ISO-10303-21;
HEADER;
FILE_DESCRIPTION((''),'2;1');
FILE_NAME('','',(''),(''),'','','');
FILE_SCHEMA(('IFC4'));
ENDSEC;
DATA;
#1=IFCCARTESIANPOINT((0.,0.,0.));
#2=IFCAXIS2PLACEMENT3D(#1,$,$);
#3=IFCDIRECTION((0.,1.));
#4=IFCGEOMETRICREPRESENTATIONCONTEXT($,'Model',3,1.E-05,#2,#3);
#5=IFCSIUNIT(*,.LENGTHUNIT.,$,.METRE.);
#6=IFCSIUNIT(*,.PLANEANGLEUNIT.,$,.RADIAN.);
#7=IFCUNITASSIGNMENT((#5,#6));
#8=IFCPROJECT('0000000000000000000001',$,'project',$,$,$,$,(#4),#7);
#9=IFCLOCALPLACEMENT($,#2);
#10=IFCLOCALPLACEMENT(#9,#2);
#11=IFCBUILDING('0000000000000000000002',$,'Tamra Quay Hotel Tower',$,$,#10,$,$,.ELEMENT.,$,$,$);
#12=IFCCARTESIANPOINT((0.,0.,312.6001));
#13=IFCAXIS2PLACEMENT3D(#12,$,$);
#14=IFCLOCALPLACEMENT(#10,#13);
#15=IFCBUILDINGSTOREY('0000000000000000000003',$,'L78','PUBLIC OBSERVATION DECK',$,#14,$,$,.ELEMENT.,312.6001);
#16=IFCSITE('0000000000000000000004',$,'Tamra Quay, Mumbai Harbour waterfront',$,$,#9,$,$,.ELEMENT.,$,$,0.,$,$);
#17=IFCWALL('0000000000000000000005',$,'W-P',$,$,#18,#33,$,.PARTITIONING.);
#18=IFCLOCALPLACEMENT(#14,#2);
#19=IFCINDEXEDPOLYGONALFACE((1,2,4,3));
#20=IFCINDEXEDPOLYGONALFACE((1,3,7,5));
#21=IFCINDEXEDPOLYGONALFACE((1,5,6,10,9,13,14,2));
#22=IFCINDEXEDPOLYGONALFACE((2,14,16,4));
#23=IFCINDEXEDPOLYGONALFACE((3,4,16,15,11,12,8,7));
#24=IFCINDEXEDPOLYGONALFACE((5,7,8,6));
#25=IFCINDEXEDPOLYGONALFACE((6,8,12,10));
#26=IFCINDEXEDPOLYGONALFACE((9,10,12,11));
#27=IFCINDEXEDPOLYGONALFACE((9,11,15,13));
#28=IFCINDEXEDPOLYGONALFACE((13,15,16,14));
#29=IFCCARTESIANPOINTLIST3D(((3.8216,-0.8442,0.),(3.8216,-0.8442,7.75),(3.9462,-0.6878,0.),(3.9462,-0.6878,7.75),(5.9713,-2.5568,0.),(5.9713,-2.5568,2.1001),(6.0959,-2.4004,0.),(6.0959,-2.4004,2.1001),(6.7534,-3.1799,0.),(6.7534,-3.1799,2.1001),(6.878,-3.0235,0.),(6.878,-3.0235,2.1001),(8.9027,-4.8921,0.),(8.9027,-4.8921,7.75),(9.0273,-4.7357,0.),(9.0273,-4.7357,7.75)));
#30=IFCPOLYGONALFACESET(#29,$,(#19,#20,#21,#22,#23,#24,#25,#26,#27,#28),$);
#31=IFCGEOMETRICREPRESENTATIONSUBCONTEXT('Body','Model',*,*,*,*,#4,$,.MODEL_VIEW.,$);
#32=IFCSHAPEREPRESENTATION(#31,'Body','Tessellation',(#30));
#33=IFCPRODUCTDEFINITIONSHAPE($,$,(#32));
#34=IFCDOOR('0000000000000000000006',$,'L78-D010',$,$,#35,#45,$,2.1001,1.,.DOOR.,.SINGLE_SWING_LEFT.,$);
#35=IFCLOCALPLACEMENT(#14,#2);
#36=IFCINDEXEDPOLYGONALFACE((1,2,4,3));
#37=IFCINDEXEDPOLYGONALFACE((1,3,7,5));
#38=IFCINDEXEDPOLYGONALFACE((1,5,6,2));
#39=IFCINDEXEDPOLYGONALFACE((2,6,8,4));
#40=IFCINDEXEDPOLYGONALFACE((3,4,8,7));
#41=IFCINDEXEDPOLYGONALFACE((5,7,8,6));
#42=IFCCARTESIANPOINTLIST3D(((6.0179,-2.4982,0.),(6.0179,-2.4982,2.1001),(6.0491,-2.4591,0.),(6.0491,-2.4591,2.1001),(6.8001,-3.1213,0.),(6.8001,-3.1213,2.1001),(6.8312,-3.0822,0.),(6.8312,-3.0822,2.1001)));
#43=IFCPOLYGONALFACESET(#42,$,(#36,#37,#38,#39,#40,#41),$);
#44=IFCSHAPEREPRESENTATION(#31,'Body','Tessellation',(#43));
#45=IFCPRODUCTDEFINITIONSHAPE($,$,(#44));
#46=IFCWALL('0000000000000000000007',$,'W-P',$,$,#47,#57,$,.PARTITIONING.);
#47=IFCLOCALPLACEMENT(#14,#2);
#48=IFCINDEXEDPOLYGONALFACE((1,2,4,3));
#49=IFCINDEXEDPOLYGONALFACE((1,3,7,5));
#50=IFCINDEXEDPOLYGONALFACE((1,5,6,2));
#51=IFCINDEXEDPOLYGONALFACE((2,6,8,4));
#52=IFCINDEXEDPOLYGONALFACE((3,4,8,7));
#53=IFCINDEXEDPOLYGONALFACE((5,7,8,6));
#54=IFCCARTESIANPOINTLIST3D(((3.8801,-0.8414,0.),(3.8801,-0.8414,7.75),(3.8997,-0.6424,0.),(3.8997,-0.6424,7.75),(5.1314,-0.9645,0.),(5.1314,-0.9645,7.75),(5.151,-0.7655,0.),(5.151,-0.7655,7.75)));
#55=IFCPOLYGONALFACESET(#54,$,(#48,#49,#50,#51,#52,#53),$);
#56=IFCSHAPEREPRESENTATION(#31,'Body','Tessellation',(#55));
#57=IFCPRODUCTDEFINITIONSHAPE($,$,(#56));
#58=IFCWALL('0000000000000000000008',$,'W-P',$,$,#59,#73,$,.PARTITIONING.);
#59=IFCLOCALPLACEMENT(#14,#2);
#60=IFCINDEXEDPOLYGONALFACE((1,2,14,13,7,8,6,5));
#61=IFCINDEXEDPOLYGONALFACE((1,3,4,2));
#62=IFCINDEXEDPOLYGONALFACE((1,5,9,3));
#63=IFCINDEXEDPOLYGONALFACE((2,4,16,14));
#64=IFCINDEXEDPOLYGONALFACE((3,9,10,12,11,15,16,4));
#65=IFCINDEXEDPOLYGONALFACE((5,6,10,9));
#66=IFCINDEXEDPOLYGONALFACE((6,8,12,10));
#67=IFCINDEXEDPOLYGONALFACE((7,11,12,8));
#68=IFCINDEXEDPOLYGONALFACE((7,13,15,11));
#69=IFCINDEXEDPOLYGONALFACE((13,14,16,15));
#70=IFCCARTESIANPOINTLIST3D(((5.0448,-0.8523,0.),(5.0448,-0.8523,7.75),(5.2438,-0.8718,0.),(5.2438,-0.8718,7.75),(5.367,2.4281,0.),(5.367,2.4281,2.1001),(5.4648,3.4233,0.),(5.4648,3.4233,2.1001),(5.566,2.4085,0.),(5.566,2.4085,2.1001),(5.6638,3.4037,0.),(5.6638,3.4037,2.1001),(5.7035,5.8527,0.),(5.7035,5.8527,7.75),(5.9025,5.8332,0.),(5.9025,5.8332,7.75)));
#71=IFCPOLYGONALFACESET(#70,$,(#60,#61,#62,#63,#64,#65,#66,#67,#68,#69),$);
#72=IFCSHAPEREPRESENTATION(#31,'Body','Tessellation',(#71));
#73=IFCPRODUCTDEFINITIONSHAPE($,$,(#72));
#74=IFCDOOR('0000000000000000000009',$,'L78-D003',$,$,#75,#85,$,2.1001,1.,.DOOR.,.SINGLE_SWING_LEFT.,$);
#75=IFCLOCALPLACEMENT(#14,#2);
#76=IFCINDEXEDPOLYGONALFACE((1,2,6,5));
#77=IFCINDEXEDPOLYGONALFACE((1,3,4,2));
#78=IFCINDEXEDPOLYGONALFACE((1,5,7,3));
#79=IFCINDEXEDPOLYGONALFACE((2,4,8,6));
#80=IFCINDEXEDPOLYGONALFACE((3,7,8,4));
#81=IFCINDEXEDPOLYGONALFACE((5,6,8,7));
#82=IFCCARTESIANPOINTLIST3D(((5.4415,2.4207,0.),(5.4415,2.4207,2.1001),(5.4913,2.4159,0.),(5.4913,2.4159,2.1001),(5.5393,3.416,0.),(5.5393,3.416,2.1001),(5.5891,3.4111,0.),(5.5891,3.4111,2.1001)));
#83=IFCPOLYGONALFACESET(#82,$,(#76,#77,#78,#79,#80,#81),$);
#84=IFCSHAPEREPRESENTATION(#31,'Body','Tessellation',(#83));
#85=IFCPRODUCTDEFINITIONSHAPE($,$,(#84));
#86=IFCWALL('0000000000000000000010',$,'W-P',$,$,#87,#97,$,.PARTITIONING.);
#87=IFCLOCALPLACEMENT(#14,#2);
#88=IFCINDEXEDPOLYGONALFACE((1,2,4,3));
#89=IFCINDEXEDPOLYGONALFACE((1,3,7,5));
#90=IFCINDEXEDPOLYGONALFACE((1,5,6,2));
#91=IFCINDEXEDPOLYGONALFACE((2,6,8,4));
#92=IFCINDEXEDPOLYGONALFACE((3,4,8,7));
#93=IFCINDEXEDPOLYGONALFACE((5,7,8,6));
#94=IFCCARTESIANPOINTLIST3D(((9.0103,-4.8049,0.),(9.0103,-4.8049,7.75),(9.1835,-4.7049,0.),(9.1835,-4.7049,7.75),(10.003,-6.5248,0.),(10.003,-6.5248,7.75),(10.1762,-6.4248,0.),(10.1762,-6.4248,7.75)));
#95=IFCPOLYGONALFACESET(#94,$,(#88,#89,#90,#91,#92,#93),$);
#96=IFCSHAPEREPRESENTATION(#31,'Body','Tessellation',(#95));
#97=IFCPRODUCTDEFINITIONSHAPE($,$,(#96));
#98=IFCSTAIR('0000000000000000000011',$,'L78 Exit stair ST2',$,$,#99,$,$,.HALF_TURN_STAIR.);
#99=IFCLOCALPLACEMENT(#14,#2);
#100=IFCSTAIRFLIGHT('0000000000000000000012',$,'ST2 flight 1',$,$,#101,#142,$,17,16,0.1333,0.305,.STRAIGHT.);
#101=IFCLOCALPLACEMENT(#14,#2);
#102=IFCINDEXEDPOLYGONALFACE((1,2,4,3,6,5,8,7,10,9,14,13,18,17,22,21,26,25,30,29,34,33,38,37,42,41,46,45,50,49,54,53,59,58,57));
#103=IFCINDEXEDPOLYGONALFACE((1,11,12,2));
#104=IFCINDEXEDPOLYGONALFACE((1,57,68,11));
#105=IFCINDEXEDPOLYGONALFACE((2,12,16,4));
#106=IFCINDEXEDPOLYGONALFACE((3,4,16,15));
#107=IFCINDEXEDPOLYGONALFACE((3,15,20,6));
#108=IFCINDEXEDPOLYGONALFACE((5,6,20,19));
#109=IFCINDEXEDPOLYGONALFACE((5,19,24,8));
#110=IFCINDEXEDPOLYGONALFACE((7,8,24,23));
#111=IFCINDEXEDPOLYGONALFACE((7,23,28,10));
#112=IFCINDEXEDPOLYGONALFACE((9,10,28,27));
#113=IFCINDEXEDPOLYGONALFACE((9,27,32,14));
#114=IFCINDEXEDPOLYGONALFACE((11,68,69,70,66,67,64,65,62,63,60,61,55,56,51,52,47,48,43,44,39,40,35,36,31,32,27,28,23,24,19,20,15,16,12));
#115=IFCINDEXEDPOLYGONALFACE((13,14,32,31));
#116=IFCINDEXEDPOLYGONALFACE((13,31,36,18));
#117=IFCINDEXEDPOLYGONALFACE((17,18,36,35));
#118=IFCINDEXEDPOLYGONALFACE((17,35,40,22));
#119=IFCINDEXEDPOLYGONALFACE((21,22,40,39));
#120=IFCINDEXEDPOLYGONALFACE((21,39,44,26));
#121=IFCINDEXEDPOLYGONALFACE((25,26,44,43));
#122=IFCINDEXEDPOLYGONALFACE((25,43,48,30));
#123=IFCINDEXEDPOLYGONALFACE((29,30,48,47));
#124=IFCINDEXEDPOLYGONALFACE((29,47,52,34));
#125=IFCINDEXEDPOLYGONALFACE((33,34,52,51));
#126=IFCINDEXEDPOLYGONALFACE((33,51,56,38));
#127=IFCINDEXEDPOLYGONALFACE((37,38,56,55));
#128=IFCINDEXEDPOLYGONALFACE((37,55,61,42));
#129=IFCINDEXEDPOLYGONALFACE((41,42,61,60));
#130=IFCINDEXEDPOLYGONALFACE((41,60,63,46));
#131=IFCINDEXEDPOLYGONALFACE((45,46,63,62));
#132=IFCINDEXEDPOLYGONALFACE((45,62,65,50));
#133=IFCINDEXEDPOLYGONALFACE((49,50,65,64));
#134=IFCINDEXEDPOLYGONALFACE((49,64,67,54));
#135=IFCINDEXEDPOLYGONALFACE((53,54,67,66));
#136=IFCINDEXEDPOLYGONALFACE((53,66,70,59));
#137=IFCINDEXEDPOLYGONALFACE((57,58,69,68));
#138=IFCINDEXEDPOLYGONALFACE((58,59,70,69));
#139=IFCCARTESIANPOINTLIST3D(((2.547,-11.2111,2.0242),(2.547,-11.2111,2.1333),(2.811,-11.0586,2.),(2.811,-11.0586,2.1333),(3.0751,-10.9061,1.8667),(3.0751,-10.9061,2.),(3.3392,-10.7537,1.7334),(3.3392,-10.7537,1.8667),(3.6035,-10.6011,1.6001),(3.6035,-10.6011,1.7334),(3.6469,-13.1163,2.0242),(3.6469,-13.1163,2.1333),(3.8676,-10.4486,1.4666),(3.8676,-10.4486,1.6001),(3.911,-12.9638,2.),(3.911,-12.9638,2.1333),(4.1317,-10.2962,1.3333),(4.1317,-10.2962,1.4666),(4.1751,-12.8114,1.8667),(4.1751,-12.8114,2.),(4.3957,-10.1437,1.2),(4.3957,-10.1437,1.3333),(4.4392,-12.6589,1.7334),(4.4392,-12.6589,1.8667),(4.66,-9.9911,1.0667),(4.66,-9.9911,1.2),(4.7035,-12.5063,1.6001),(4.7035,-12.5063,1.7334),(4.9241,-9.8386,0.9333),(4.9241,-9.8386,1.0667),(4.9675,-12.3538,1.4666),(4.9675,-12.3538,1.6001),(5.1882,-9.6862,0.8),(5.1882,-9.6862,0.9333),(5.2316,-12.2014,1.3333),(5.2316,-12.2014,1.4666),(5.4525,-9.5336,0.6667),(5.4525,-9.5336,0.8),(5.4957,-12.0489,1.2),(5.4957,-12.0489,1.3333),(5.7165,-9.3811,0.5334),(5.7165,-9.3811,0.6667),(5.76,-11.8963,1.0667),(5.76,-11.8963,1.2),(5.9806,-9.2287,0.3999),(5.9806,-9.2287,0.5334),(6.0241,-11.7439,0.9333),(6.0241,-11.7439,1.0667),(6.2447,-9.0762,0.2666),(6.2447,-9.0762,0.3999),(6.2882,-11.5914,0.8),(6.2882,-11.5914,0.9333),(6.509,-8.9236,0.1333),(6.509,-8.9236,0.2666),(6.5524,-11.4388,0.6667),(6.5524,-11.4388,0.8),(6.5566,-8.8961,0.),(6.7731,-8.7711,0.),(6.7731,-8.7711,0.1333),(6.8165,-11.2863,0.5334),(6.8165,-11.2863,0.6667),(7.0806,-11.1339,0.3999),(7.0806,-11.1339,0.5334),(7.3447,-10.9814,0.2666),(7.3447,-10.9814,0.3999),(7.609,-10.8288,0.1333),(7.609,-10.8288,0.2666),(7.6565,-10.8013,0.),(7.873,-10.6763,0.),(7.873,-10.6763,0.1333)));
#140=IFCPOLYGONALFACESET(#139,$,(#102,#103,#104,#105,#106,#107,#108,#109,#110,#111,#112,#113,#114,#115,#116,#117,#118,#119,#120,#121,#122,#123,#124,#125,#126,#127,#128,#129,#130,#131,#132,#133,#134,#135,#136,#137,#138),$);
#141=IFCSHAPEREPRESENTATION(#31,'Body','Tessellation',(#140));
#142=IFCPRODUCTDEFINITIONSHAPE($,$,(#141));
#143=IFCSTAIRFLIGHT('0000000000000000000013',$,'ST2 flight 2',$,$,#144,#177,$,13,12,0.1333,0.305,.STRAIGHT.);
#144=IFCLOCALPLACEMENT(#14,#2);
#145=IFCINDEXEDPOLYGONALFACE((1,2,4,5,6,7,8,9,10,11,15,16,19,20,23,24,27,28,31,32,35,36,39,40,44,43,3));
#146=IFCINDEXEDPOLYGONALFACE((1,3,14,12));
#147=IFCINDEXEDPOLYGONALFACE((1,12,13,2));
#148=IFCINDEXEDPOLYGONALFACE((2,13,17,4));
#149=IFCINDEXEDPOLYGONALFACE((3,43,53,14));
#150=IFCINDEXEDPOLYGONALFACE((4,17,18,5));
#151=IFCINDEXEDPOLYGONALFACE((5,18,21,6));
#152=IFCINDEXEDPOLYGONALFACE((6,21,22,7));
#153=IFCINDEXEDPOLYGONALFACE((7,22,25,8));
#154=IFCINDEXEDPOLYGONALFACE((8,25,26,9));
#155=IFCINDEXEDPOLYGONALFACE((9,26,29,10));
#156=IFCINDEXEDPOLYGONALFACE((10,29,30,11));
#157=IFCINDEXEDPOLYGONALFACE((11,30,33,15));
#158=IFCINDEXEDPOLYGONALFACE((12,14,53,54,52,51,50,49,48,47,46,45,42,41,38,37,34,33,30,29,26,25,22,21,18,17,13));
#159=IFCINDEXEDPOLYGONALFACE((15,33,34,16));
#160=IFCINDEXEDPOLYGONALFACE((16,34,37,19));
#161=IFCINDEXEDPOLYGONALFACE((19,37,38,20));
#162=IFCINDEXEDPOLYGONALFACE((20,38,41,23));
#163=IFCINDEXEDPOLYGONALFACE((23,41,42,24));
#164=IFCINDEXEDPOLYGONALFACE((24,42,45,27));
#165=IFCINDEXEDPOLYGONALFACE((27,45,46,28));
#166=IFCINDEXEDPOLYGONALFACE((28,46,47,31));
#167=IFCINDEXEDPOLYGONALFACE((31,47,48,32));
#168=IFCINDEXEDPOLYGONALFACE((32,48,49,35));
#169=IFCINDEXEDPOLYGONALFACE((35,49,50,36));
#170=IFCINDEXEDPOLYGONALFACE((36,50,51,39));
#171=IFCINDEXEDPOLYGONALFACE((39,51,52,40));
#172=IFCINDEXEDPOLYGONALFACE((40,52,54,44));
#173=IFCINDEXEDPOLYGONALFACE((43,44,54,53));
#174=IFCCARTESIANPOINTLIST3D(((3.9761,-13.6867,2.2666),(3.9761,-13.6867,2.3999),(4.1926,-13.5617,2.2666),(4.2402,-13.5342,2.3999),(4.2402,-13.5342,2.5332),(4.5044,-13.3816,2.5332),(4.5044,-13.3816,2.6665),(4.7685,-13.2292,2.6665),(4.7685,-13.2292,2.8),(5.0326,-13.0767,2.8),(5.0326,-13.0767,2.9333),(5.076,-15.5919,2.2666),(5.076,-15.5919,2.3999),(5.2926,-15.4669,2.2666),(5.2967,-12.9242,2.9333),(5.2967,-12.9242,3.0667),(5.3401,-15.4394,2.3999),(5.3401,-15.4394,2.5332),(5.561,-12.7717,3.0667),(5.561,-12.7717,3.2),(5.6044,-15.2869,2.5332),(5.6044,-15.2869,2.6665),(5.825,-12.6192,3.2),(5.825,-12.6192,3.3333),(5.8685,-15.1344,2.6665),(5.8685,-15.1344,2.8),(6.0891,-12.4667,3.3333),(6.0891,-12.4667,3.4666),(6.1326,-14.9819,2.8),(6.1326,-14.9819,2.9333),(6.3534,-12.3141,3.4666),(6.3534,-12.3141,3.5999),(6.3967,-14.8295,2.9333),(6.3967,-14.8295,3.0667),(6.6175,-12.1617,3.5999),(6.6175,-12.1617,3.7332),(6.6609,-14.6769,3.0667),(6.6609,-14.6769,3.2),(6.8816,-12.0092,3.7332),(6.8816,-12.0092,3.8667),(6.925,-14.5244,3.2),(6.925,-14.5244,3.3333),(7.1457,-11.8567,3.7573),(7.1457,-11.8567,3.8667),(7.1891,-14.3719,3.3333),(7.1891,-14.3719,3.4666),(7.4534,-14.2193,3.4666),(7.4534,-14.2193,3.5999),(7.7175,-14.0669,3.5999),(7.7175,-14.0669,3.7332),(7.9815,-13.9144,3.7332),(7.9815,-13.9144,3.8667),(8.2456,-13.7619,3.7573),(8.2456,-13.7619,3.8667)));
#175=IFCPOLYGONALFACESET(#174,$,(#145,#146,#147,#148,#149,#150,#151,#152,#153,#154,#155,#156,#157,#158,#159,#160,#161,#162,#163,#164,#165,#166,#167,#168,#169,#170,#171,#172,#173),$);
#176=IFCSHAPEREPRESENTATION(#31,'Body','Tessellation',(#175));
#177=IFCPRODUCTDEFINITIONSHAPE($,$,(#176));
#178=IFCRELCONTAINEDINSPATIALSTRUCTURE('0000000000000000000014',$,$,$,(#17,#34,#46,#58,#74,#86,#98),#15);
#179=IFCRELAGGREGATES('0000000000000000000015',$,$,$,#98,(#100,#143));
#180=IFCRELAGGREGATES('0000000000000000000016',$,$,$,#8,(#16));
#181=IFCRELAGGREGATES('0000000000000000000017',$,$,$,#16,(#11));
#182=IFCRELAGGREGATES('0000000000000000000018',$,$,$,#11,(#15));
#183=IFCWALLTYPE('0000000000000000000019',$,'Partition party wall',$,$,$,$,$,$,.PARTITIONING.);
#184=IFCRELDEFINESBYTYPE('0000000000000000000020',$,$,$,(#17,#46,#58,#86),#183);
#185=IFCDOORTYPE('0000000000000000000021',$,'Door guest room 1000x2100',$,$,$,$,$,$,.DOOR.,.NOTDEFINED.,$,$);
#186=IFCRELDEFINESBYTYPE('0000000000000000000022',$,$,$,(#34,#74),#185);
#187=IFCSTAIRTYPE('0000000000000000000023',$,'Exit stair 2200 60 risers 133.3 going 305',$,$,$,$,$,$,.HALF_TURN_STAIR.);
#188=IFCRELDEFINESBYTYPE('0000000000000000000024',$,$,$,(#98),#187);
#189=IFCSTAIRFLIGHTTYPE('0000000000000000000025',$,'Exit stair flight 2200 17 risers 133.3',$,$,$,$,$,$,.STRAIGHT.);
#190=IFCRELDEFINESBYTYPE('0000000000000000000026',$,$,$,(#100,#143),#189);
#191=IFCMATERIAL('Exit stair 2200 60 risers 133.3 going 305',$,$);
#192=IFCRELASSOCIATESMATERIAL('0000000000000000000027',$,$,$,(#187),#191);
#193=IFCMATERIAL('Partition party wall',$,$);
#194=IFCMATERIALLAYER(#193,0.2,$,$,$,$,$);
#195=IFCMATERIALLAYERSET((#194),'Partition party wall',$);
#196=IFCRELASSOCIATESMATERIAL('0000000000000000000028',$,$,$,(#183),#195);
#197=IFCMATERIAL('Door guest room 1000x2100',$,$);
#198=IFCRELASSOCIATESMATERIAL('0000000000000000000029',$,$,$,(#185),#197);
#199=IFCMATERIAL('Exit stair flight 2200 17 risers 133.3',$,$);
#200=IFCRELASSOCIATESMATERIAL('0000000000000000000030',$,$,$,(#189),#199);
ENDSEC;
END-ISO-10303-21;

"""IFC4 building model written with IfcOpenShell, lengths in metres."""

from ifc_helpers import new_model, si_unit, direction, frame, frame_2d, origin, place, context, subcontext, project, spatial, polyline, rectangle, outline, extrude, material, layer, layer_set, type_object, element, fill, aggregate, save


model = new_model("IFC4")

# Units and contexts
model_context = context("Model", 3, precision=1e-05, world=origin(), true_north=direction((0.0, 1.0)))
body_context = subcontext(model_context, "Body", "Model", "MODEL_VIEW")
ifc_project = project(units=[si_unit("LENGTHUNIT", "METRE"), si_unit("PLANEANGLEUNIT", "RADIAN")], contexts=[model_context])

# Site, building, storey
site_placement = place(None, origin())
site = spatial("IfcSite", under=ifc_project, at=site_placement, Name="Tamra Quay, Mumbai Harbour waterfront", CompositionType="ELEMENT", RefElevation=0.0)
building_placement = place(site_placement, origin())
building = spatial("IfcBuilding", under=site, at=building_placement, Name="Tamra Quay Hotel Tower", CompositionType="ELEMENT")
storey_placement = place(building_placement, frame((0.0, 0.0, 312.6001)))
storey = spatial("IfcBuildingStorey", under=building, at=storey_placement, Name="L78", Description="PUBLIC OBSERVATION DECK", CompositionType="ELEMENT", Elevation=312.6001)

# Shared definitions
ifc_material_1 = material(Name="Exit stair 2200 60 risers 133.3 going 305")
stair_type = type_object("IfcStairType", Name="Exit stair 2200 60 risers 133.3 going 305", PredefinedType="HALF_TURN_STAIR", material=ifc_material_1)

# Shared definitions
ifc_material_2 = material(Name="Partition party wall")
ifc_layer_1 = layer(ifc_material_2, 0.2)
ifc_layer_set_1 = layer_set([ifc_layer_1], Name="Partition party wall")
wall_type_1 = type_object("IfcWallType", Name="Partition party wall", PredefinedType="PARTITIONING", material=ifc_layer_set_1)

# Wall, opening, door
ifc_material_3 = material(Name="Door guest room 1000x2100")
door_type_1 = type_object("IfcDoorType", Name="Door guest room 1000x2100", OperationType="NOTDEFINED", PredefinedType="DOOR", material=ifc_material_3)
wall_1_placement = place(storey_placement, frame((3.884, -0.7661, 0.0), z_axis=(0.0, 0.0, 1.0), x_axis=(0.782143, -0.623099, 0.0)))
wall_1 = element("IfcWall", 1, at=wall_1_placement, inside=storey, type_object=wall_type_1, Name="W-P", PredefinedType="PARTITIONING", context=body_context, shape_type="SweptSolid", body=[
    extrude(rectangle(XDim=6.4963, YDim=0.2, at=frame_2d((3.248, 0.0))), origin(), (0.0, 0.0, 1.0), 7.75),
])
opening_1_placement = place(wall_1_placement, frame((2.7483, 0.0, 0.0)))
opening_1 = element("IfcOpeningElement", 2, at=opening_1_placement, cuts=wall_1, PredefinedType="OPENING", context=body_context, shape_type="SweptSolid", body=[
    extrude(rectangle(XDim=1.0, YDim=2.1001, at=frame_2d((0.5, 1.05))), frame((0.0, 0.1099, 0.0), z_axis=(0.0, -1.0, 0.0), x_axis=(1.0, 0.0, 0.0)), (0.0, 0.0, 1.0), 0.22),
])
door_1_placement = place(opening_1_placement, origin())
door_1 = element("IfcDoor", 3, at=door_1_placement, inside=storey, type_object=door_type_1, Name="L78-D010", OperationType="SINGLE_SWING_LEFT", OverallHeight=2.1001, OverallWidth=1.0, PredefinedType="DOOR", context=body_context, shape_type="SweptSolid", body=[
    extrude(rectangle(XDim=1.0, YDim=2.1001, at=frame_2d((0.5, 1.05))), frame((0.0, 0.0249, 0.0), z_axis=(0.0, -1.0, 0.0), x_axis=(1.0, 0.0, 0.0)), (0.0, 0.0, 1.0), 0.05),
])
fill(opening_1, door_1)

# Wall
wall_2_placement = place(storey_placement, frame((3.8899, -0.7419, 0.0), z_axis=(0.0, 0.0, 1.0), x_axis=(0.995199, -0.097869, 0.0)))
element("IfcWall", 4, at=wall_2_placement, inside=storey, type_object=wall_type_1, Name="W-P", PredefinedType="PARTITIONING", context=body_context, shape_type="SweptSolid", body=[
    extrude(rectangle(XDim=1.2573, YDim=0.2, at=frame_2d((0.6287, 0.0))), origin(), (0.0, 0.0, 1.0), 7.75),
])

# Wall, opening, door
wall_3_placement = place(storey_placement, frame((5.1443, -0.8621, 0.0), z_axis=(0.0, 0.0, 1.0), x_axis=(0.097767, 0.995209, 0.0)))
wall_3 = element("IfcWall", 5, at=wall_3_placement, inside=storey, type_object=wall_type_1, Name="W-P", PredefinedType="PARTITIONING", context=body_context, shape_type="SweptSolid", body=[
    extrude(rectangle(XDim=6.7373, YDim=0.2, at=frame_2d((3.3687, 0.0))), origin(), (0.0, 0.0, 1.0), 7.75),
])
opening_2_placement = place(wall_3_placement, frame((3.2961, 0.0, 0.0)))
opening_2 = element("IfcOpeningElement", 6, at=opening_2_placement, cuts=wall_3, PredefinedType="OPENING", context=body_context, shape_type="SweptSolid", body=[
    extrude(rectangle(XDim=1.0, YDim=2.1001, at=frame_2d((0.5, 1.05))), frame((0.0, 0.1099, 0.0), z_axis=(0.0, -1.0, 0.0), x_axis=(1.0, 0.0, 0.0)), (0.0, 0.0, 1.0), 0.22),
])
door_2_placement = place(opening_2_placement, frame((1.0, 0.0, 0.0), z_axis=(0.0, 0.0, 1.0), x_axis=(-1.0, 0.0, 0.0)))
door_2 = element("IfcDoor", 7, at=door_2_placement, inside=storey, type_object=door_type_1, Name="L78-D003", OperationType="SINGLE_SWING_LEFT", OverallHeight=2.1001, OverallWidth=1.0, PredefinedType="DOOR", context=body_context, shape_type="SweptSolid", body=[
    extrude(rectangle(XDim=1.0, YDim=2.1001, at=frame_2d((0.5, 1.05))), frame((0.0, 0.0249, 0.0), z_axis=(0.0, -1.0, 0.0), x_axis=(1.0, 0.0, 0.0)), (0.0, 0.0, 1.0), 0.05),
])
fill(opening_2, door_2)

# Wall
wall_4_placement = place(storey_placement, frame((9.0969, -4.7549, 0.0), z_axis=(0.0, 0.0, 1.0), x_axis=(0.499868, -0.866102, 0.0)))
element("IfcWall", 8, at=wall_4_placement, inside=storey, type_object=wall_type_1, Name="W-P", PredefinedType="PARTITIONING", context=body_context, shape_type="SweptSolid", body=[
    extrude(rectangle(XDim=1.9858, YDim=0.2, at=frame_2d((0.9929, 0.0))), origin(), (0.0, 0.0, 1.0), 7.75),
])

# Stair, stair flights
stair_1_placement = place(storey_placement, origin())
stair_1 = element("IfcStair", 9, at=stair_1_placement, inside=storey, type_object=stair_type, Name="L78 Exit stair ST2", PredefinedType="HALF_TURN_STAIR")
ifc_material_4 = material(Name="Exit stair flight 2200 17 risers 133.3")
stair_flight_type = type_object("IfcStairFlightType", Name="Exit stair flight 2200 17 risers 133.3", PredefinedType="STRAIGHT", material=ifc_material_4)
stair_flight_1_placement = place(storey_placement, frame((7.323, -9.7236, 0.0), z_axis=(0.0, 0.0, 1.0), x_axis=(-0.866025, -0.5, 0.0)))
stair_flight_1 = element("IfcStairFlight", 10, at=stair_flight_1_placement, type_object=stair_flight_type, Name="ST2 flight 1", NumberOfRisers=17, NumberOfTreads=16, PredefinedType="STRAIGHT", RiserHeight=0.1333, TreadLength=0.305, context=body_context, shape_type="SweptSolid", body=[
    extrude(outline(polyline([(0.0, 0.0), (0.0, 0.1333), (0.3049, 0.1333), (0.3049, 0.2666), (0.6101, 0.2666), (0.6101, 0.3999), (0.915, 0.3999), (0.915, 0.5334), (1.22, 0.5334), (1.22, 0.6667), (1.5249, 0.6667), (1.5249, 0.8), (1.8301, 0.8), (1.8301, 0.9333), (2.135, 0.9333), (2.135, 1.0667), (2.4399, 1.0667), (2.4399, 1.2), (2.7451, 1.2), (2.7451, 1.3333), (3.05, 1.3333), (3.05, 1.4666), (3.355, 1.4666), (3.355, 1.6001), (3.6599, 1.6001), (3.6599, 1.7334), (3.9651, 1.7334), (3.9651, 1.8667), (4.27, 1.8667), (4.27, 2.0), (4.575, 2.0), (4.575, 2.1333), (4.8799, 2.1333), (4.8799, 2.2666), (4.8799, 2.0242), (0.25, 0.0), (0.0, 0.0)])), frame((0.0, 1.1001, 0.0), z_axis=(0.0, -1.0, 0.0), x_axis=(1.0, 0.0, 0.0)), (0.0, 0.0, 1.0), 2.2),
])
stair_flight_2_placement = place(storey_placement, frame((4.5261, -14.6394, 2.2666), z_axis=(0.0, 0.0, 1.0), x_axis=(0.866025, 0.5, 0.0)))
stair_flight_2 = element("IfcStairFlight", 11, at=stair_flight_2_placement, type_object=stair_flight_type, Name="ST2 flight 2", NumberOfRisers=13, NumberOfTreads=12, PredefinedType="STRAIGHT", RiserHeight=0.1333, TreadLength=0.305, context=body_context, shape_type="SweptSolid", body=[
    extrude(outline(polyline([(0.0, 0.0), (0.0, 0.1333), (0.3049, 0.1333), (0.3049, 0.2666), (0.6101, 0.2666), (0.6101, 0.3999), (0.915, 0.3999), (0.915, 0.5334), (1.22, 0.5334), (1.22, 0.6667), (1.5249, 0.6667), (1.5249, 0.8), (1.8301, 0.8), (1.8301, 0.9333), (2.135, 0.9333), (2.135, 1.0667), (2.4399, 1.0667), (2.4399, 1.2), (2.7451, 1.2), (2.7451, 1.3333), (3.05, 1.3333), (3.05, 1.4666), (3.355, 1.4666), (3.355, 1.6001), (3.6599, 1.6001), (3.6599, 1.7334), (3.6599, 1.4907), (0.25, 0.0), (0.0, 0.0)])), frame((0.0, 1.1001, 0.0), z_axis=(0.0, -1.0, 0.0), x_axis=(1.0, 0.0, 0.0)), (0.0, 0.0, 1.0), 2.2),
])
aggregate(stair_1, [stair_flight_1, stair_flight_2])

save(model, "model.ifc")
